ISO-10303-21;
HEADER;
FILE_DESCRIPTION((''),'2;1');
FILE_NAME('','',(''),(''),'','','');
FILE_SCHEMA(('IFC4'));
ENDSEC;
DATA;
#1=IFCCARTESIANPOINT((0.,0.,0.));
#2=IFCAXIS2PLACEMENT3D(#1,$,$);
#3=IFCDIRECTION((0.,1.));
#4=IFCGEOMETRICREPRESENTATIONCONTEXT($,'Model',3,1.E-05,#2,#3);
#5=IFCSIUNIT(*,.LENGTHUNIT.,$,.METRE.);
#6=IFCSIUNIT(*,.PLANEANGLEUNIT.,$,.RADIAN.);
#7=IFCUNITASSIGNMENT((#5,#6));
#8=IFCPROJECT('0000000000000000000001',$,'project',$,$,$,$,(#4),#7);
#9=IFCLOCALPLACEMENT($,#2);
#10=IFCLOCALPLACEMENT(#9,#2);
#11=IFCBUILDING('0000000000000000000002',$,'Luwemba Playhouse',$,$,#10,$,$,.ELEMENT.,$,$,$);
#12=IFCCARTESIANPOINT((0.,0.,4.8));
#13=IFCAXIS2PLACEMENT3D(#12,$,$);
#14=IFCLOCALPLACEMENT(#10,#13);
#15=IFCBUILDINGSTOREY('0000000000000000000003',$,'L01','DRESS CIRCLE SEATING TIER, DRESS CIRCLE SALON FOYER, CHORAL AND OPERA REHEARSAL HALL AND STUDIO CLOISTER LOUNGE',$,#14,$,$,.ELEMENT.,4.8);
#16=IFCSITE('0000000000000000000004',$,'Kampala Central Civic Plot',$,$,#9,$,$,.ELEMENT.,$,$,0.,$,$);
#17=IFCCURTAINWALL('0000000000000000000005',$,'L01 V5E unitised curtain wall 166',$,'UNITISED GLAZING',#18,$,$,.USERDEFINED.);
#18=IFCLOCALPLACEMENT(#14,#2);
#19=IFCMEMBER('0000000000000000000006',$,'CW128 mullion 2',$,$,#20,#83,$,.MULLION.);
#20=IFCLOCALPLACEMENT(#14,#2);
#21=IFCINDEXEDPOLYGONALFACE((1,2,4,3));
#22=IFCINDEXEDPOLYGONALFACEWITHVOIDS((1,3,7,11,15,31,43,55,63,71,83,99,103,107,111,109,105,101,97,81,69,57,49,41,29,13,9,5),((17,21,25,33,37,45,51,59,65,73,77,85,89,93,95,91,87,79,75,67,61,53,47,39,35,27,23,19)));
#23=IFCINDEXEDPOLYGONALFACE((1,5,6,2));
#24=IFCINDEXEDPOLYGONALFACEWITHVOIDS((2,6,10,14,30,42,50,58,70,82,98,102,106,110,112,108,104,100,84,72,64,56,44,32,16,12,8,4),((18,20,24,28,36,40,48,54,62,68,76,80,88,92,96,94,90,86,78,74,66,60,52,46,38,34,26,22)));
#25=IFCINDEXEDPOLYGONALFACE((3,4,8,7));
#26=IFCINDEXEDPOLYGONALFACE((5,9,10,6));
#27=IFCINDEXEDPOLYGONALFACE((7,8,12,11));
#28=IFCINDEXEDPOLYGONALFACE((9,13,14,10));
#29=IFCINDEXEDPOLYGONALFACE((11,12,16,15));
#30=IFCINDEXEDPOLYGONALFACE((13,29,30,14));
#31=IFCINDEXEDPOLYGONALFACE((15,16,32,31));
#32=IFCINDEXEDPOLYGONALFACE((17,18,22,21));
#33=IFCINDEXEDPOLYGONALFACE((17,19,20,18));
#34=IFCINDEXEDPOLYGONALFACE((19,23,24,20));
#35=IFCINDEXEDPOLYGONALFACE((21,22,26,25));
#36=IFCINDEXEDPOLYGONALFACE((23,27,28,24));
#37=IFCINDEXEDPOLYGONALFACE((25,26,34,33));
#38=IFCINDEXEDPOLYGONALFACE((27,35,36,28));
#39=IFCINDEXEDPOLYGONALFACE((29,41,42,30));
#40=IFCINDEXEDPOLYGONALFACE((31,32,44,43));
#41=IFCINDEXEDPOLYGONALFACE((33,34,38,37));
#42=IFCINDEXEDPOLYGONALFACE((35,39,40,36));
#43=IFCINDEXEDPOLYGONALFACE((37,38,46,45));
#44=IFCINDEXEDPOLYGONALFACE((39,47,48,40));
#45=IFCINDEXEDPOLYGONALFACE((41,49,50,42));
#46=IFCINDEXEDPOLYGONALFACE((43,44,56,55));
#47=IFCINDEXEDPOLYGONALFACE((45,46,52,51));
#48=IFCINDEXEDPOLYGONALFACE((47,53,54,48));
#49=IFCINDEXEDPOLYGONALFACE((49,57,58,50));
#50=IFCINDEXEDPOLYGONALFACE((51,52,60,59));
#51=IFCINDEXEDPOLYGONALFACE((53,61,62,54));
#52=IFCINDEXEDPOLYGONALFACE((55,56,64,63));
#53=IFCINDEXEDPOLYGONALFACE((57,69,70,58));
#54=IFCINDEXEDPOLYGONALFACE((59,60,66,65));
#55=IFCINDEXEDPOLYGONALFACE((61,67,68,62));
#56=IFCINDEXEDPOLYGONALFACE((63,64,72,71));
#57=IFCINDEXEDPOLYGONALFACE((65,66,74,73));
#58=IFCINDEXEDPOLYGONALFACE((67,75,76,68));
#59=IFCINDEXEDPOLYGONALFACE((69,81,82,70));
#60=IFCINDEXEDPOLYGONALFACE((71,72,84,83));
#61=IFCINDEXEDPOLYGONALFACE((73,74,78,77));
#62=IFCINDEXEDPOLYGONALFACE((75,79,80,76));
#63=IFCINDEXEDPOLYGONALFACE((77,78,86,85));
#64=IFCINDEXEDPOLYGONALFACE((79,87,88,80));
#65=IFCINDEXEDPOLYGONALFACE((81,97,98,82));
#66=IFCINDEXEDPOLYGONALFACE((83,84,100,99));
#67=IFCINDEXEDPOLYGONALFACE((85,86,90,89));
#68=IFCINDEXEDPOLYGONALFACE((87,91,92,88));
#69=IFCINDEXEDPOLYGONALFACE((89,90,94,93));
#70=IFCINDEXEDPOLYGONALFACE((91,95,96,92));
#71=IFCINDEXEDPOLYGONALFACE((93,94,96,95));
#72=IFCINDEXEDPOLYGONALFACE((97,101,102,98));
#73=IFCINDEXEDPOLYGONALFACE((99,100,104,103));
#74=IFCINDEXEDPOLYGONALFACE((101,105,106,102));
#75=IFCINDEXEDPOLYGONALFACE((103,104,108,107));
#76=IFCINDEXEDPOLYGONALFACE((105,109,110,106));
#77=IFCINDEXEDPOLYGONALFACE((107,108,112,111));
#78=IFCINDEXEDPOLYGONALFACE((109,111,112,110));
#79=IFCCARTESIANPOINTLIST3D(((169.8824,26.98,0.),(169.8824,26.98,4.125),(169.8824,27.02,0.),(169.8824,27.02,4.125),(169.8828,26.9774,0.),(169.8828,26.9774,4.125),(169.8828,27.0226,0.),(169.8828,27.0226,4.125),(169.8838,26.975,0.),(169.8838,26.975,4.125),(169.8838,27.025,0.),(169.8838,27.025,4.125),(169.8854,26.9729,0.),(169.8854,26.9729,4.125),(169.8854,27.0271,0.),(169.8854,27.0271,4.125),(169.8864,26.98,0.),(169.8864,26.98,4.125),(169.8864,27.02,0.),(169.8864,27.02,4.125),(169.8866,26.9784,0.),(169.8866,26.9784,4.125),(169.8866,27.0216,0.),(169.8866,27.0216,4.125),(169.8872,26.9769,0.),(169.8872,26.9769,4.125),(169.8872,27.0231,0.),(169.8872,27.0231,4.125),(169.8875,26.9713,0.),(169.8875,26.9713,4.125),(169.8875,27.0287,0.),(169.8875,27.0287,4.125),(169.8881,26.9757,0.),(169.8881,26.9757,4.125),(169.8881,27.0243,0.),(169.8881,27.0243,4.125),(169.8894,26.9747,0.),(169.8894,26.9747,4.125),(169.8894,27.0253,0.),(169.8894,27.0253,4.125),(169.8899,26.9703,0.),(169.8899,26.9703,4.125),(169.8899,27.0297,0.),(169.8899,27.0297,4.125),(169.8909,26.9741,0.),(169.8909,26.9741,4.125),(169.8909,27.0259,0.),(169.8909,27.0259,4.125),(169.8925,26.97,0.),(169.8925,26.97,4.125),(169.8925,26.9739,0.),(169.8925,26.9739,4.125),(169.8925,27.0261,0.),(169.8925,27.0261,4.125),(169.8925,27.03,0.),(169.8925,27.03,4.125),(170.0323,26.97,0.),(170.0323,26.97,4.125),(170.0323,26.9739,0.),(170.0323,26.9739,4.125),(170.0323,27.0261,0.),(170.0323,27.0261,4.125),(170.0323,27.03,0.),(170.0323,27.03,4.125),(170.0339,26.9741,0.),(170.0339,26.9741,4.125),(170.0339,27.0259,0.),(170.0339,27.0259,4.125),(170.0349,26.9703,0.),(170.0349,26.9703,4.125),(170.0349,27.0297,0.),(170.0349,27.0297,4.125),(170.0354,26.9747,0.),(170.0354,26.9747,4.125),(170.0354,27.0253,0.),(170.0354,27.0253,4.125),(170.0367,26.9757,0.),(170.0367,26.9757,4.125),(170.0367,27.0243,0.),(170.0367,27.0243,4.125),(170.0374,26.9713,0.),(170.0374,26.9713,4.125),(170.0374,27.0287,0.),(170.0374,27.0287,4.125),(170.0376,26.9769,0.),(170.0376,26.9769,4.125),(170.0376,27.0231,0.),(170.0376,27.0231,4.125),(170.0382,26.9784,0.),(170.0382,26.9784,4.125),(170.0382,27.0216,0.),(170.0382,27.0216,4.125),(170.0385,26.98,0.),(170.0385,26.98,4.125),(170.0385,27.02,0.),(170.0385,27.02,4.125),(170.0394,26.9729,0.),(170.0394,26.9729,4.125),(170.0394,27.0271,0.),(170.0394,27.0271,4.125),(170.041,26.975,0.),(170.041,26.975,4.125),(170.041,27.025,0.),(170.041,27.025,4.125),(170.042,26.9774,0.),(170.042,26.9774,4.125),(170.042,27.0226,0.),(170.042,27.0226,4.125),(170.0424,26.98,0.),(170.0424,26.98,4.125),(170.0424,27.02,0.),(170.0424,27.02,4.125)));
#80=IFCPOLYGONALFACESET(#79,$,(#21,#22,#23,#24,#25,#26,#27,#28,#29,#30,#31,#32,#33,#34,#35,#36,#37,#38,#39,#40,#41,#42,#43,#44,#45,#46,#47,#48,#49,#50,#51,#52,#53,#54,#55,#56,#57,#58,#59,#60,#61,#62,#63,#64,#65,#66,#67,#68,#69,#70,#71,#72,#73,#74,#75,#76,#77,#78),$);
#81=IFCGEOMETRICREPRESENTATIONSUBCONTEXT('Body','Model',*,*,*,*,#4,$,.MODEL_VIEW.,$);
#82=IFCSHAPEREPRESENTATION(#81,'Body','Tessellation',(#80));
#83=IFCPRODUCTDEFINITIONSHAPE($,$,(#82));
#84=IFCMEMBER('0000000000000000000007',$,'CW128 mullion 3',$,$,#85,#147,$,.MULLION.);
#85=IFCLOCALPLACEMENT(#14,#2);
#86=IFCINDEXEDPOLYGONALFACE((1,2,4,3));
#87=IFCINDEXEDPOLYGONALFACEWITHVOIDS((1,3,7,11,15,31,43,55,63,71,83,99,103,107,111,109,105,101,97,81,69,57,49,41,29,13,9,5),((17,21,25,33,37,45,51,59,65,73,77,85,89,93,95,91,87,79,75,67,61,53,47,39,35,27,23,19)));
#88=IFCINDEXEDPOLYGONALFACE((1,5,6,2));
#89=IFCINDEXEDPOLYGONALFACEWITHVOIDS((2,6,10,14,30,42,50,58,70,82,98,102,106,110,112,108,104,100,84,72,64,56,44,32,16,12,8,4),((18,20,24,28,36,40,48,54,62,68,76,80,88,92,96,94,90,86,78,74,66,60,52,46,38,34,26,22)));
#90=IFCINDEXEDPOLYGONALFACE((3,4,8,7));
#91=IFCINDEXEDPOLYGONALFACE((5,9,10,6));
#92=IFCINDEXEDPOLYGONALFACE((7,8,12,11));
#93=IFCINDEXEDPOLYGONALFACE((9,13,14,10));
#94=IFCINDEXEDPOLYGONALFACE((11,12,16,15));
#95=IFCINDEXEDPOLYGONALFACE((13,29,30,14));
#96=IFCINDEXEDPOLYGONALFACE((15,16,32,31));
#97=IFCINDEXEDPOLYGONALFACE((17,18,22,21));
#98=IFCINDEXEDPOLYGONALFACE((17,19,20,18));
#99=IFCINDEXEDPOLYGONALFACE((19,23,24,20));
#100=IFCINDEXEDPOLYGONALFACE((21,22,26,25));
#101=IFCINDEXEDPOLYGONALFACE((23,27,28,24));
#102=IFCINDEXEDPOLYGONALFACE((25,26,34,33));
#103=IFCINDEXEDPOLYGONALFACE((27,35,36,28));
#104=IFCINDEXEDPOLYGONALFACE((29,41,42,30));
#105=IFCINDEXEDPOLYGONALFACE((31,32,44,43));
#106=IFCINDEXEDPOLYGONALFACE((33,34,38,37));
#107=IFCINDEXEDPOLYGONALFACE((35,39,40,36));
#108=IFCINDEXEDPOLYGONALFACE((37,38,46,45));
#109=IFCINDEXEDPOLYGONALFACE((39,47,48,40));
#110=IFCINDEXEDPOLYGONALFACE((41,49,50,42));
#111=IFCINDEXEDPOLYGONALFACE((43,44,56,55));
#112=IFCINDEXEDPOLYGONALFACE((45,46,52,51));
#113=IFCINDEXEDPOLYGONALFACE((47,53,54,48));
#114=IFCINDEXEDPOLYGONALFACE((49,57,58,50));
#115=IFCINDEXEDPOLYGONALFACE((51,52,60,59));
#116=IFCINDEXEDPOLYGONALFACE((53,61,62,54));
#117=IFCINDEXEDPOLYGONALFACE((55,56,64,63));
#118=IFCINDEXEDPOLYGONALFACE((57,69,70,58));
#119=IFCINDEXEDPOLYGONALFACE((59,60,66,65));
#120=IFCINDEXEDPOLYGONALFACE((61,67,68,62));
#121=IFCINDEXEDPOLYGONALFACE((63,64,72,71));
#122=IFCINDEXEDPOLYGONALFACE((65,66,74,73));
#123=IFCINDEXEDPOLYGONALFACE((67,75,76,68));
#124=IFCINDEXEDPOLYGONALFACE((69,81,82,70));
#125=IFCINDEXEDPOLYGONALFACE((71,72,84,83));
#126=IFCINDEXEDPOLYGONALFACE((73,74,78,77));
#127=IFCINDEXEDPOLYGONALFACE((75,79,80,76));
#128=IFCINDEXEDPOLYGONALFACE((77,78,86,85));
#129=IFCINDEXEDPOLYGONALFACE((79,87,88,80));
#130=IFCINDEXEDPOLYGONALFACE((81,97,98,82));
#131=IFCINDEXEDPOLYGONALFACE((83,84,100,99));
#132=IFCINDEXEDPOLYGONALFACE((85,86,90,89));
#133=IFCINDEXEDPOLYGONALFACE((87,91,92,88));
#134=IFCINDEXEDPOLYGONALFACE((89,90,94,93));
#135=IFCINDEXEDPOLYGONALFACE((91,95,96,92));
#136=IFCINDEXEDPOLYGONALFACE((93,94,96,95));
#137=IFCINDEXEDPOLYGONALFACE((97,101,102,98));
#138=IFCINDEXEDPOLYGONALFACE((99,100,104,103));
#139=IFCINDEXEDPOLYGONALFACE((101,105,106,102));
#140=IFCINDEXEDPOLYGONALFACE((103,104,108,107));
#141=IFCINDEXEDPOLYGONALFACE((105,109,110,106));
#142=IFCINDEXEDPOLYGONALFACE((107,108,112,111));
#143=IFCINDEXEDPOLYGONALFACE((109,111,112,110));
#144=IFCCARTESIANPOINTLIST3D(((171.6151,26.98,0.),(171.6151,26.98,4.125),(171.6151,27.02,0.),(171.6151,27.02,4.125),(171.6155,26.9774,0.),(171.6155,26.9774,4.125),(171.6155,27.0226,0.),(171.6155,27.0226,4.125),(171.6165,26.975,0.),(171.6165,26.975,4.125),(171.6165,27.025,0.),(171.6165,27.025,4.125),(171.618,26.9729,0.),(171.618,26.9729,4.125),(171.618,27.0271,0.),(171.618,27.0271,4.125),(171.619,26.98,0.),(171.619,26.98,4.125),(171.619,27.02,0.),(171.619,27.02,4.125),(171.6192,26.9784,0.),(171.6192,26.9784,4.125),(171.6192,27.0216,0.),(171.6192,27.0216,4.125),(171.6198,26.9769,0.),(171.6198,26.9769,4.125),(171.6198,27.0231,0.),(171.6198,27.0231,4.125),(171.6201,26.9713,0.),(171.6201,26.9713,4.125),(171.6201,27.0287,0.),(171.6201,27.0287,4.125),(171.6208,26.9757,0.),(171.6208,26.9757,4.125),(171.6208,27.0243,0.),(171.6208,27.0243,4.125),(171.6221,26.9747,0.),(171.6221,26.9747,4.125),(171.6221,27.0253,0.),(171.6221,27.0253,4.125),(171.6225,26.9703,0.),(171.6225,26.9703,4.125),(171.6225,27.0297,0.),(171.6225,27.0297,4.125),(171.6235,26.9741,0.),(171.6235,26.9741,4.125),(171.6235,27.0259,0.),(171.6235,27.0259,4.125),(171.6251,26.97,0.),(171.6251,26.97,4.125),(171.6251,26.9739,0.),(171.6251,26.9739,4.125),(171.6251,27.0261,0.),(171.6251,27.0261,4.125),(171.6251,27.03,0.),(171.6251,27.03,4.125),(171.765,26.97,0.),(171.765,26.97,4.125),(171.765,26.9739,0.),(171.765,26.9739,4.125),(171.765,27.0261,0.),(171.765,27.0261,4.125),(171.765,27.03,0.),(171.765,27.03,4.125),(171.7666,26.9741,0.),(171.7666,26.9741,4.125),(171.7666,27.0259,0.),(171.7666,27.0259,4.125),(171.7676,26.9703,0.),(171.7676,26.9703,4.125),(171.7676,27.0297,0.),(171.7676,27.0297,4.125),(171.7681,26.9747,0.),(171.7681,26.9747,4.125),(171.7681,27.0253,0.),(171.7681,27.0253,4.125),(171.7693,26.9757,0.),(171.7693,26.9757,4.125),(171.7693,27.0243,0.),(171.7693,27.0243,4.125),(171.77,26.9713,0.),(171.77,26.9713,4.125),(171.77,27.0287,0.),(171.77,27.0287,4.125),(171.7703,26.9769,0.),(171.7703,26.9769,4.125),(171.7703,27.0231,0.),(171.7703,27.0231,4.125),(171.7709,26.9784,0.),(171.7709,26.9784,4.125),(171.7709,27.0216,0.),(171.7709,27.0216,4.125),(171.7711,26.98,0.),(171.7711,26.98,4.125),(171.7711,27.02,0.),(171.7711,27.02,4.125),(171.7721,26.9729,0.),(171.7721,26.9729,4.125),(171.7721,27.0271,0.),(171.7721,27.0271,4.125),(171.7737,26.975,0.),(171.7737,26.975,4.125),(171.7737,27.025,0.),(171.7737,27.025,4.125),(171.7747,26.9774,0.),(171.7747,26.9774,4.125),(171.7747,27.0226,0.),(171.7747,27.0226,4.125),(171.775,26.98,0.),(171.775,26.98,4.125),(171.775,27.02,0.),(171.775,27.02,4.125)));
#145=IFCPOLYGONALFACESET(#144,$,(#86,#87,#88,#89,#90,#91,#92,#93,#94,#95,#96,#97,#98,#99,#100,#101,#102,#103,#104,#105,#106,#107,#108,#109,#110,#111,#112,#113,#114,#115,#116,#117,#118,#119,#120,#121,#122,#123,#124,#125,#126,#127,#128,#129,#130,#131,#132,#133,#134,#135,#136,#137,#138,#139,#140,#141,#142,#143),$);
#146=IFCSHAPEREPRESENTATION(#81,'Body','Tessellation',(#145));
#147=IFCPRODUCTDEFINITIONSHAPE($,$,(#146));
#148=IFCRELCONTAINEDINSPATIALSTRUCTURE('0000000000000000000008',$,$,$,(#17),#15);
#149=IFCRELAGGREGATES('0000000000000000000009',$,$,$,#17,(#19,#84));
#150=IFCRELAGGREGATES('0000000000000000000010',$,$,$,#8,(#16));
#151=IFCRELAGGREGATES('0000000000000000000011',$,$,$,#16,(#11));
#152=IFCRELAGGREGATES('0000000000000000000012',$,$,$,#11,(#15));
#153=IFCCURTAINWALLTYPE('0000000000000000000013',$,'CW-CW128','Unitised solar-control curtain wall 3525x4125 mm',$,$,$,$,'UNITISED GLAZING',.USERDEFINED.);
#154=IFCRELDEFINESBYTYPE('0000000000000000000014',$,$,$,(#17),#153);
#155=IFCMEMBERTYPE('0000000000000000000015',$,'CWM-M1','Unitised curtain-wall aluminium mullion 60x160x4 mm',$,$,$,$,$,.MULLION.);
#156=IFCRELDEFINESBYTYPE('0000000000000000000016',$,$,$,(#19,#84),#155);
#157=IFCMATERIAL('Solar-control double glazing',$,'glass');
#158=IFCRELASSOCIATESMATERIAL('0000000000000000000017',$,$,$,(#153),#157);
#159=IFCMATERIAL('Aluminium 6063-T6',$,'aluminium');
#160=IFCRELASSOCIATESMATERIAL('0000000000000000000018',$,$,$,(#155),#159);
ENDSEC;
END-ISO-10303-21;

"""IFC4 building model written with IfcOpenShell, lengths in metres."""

from ifc_helpers import new_model, si_unit, direction, frame, origin, origin_2d, place, context, subcontext, project, spatial, hollow_rectangle, extrude, material, material_profile, profile_set, type_object, element, aggregate, save


model = new_model("IFC4")

# Units and contexts
model_context = context("Model", 3, precision=1e-05, world=origin(), true_north=direction((0.0, 1.0)))
body_context = subcontext(model_context, "Body", "Model", "MODEL_VIEW")
ifc_project = project(units=[si_unit("LENGTHUNIT", "METRE"), si_unit("PLANEANGLEUNIT", "RADIAN")], contexts=[model_context])

# Site, building, storey
site_placement = place(None, origin())
site = spatial("IfcSite", under=ifc_project, at=site_placement, Name="Kampala Central Civic Plot", CompositionType="ELEMENT", RefElevation=0.0)
building_placement = place(site_placement, origin())
building = spatial("IfcBuilding", under=site, at=building_placement, Name="Luwemba Playhouse", CompositionType="ELEMENT")
storey_placement = place(building_placement, frame((0.0, 0.0, 4.8)))
storey = spatial("IfcBuildingStorey", under=building, at=storey_placement, Name="L01", Description="DRESS CIRCLE SEATING TIER, DRESS CIRCLE SALON FOYER, CHORAL AND OPERA REHEARSAL HALL AND STUDIO CLOISTER LOUNGE", CompositionType="ELEMENT", Elevation=4.8)

# Curtain wall, members
ifc_material_1 = material(Name="Solar-control double glazing", Category="glass")
curtain_wall_type_1 = type_object("IfcCurtainWallType", Name="CW-CW128", Description="Unitised solar-control curtain wall 3525x4125 mm", ElementType="UNITISED GLAZING", PredefinedType="USERDEFINED", material=ifc_material_1)
curtain_wall_1_placement = place(storey_placement, origin())
curtain_wall_1 = element("IfcCurtainWall", 1, at=curtain_wall_1_placement, inside=storey, type_object=curtain_wall_type_1, Name="L01 V5E unitised curtain wall 166", ObjectType="UNITISED GLAZING", PredefinedType="USERDEFINED")
ifc_material_2 = material(Name="Aluminium 6063-T6", Category="aluminium")
ifc_material_profile_1 = material_profile(ifc_material_2, hollow_rectangle(XDim=0.0601, YDim=0.1599, WallThickness=0.0039, InnerFilletRadius=0.0061, OuterFilletRadius=0.01, at=origin_2d()))
ifc_profile_set_1 = profile_set([ifc_material_profile_1], Name="Aluminium 6063-T6")
member_type_1 = type_object("IfcMemberType", Name="CWM-M1", Description="Unitised curtain-wall aluminium mullion 60x160x4 mm", PredefinedType="MULLION", material=ifc_profile_set_1)
member_1_placement = place(storey_placement, frame((169.9624, 27.0, 0.0), z_axis=(0.0, 0.0, 1.0), x_axis=(0.0, 1.0, 0.0)))
member_1 = element("IfcMember", 2, at=member_1_placement, type_object=member_type_1, Name="CW128 mullion 2", PredefinedType="MULLION", context=body_context, shape_type="SweptSolid", body=[
    extrude(hollow_rectangle(XDim=0.0601, YDim=0.1599, WallThickness=0.0039, InnerFilletRadius=0.0061, OuterFilletRadius=0.01, at=origin_2d()), origin(), (0.0, 0.0, 1.0), 4.125),
])
member_2_placement = place(storey_placement, frame((171.6951, 27.0, 0.0), z_axis=(0.0, 0.0, 1.0), x_axis=(0.0, 1.0, 0.0)))
member_2 = element("IfcMember", 3, at=member_2_placement, type_object=member_type_1, Name="CW128 mullion 3", PredefinedType="MULLION", context=body_context, shape_type="SweptSolid", body=[
    extrude(hollow_rectangle(XDim=0.0601, YDim=0.1599, WallThickness=0.0039, InnerFilletRadius=0.0061, OuterFilletRadius=0.01, at=origin_2d()), origin(), (0.0, 0.0, 1.0), 4.125),
])

aggregate(curtain_wall_1, [member_1, member_2])

save(model, "model.ifc")
